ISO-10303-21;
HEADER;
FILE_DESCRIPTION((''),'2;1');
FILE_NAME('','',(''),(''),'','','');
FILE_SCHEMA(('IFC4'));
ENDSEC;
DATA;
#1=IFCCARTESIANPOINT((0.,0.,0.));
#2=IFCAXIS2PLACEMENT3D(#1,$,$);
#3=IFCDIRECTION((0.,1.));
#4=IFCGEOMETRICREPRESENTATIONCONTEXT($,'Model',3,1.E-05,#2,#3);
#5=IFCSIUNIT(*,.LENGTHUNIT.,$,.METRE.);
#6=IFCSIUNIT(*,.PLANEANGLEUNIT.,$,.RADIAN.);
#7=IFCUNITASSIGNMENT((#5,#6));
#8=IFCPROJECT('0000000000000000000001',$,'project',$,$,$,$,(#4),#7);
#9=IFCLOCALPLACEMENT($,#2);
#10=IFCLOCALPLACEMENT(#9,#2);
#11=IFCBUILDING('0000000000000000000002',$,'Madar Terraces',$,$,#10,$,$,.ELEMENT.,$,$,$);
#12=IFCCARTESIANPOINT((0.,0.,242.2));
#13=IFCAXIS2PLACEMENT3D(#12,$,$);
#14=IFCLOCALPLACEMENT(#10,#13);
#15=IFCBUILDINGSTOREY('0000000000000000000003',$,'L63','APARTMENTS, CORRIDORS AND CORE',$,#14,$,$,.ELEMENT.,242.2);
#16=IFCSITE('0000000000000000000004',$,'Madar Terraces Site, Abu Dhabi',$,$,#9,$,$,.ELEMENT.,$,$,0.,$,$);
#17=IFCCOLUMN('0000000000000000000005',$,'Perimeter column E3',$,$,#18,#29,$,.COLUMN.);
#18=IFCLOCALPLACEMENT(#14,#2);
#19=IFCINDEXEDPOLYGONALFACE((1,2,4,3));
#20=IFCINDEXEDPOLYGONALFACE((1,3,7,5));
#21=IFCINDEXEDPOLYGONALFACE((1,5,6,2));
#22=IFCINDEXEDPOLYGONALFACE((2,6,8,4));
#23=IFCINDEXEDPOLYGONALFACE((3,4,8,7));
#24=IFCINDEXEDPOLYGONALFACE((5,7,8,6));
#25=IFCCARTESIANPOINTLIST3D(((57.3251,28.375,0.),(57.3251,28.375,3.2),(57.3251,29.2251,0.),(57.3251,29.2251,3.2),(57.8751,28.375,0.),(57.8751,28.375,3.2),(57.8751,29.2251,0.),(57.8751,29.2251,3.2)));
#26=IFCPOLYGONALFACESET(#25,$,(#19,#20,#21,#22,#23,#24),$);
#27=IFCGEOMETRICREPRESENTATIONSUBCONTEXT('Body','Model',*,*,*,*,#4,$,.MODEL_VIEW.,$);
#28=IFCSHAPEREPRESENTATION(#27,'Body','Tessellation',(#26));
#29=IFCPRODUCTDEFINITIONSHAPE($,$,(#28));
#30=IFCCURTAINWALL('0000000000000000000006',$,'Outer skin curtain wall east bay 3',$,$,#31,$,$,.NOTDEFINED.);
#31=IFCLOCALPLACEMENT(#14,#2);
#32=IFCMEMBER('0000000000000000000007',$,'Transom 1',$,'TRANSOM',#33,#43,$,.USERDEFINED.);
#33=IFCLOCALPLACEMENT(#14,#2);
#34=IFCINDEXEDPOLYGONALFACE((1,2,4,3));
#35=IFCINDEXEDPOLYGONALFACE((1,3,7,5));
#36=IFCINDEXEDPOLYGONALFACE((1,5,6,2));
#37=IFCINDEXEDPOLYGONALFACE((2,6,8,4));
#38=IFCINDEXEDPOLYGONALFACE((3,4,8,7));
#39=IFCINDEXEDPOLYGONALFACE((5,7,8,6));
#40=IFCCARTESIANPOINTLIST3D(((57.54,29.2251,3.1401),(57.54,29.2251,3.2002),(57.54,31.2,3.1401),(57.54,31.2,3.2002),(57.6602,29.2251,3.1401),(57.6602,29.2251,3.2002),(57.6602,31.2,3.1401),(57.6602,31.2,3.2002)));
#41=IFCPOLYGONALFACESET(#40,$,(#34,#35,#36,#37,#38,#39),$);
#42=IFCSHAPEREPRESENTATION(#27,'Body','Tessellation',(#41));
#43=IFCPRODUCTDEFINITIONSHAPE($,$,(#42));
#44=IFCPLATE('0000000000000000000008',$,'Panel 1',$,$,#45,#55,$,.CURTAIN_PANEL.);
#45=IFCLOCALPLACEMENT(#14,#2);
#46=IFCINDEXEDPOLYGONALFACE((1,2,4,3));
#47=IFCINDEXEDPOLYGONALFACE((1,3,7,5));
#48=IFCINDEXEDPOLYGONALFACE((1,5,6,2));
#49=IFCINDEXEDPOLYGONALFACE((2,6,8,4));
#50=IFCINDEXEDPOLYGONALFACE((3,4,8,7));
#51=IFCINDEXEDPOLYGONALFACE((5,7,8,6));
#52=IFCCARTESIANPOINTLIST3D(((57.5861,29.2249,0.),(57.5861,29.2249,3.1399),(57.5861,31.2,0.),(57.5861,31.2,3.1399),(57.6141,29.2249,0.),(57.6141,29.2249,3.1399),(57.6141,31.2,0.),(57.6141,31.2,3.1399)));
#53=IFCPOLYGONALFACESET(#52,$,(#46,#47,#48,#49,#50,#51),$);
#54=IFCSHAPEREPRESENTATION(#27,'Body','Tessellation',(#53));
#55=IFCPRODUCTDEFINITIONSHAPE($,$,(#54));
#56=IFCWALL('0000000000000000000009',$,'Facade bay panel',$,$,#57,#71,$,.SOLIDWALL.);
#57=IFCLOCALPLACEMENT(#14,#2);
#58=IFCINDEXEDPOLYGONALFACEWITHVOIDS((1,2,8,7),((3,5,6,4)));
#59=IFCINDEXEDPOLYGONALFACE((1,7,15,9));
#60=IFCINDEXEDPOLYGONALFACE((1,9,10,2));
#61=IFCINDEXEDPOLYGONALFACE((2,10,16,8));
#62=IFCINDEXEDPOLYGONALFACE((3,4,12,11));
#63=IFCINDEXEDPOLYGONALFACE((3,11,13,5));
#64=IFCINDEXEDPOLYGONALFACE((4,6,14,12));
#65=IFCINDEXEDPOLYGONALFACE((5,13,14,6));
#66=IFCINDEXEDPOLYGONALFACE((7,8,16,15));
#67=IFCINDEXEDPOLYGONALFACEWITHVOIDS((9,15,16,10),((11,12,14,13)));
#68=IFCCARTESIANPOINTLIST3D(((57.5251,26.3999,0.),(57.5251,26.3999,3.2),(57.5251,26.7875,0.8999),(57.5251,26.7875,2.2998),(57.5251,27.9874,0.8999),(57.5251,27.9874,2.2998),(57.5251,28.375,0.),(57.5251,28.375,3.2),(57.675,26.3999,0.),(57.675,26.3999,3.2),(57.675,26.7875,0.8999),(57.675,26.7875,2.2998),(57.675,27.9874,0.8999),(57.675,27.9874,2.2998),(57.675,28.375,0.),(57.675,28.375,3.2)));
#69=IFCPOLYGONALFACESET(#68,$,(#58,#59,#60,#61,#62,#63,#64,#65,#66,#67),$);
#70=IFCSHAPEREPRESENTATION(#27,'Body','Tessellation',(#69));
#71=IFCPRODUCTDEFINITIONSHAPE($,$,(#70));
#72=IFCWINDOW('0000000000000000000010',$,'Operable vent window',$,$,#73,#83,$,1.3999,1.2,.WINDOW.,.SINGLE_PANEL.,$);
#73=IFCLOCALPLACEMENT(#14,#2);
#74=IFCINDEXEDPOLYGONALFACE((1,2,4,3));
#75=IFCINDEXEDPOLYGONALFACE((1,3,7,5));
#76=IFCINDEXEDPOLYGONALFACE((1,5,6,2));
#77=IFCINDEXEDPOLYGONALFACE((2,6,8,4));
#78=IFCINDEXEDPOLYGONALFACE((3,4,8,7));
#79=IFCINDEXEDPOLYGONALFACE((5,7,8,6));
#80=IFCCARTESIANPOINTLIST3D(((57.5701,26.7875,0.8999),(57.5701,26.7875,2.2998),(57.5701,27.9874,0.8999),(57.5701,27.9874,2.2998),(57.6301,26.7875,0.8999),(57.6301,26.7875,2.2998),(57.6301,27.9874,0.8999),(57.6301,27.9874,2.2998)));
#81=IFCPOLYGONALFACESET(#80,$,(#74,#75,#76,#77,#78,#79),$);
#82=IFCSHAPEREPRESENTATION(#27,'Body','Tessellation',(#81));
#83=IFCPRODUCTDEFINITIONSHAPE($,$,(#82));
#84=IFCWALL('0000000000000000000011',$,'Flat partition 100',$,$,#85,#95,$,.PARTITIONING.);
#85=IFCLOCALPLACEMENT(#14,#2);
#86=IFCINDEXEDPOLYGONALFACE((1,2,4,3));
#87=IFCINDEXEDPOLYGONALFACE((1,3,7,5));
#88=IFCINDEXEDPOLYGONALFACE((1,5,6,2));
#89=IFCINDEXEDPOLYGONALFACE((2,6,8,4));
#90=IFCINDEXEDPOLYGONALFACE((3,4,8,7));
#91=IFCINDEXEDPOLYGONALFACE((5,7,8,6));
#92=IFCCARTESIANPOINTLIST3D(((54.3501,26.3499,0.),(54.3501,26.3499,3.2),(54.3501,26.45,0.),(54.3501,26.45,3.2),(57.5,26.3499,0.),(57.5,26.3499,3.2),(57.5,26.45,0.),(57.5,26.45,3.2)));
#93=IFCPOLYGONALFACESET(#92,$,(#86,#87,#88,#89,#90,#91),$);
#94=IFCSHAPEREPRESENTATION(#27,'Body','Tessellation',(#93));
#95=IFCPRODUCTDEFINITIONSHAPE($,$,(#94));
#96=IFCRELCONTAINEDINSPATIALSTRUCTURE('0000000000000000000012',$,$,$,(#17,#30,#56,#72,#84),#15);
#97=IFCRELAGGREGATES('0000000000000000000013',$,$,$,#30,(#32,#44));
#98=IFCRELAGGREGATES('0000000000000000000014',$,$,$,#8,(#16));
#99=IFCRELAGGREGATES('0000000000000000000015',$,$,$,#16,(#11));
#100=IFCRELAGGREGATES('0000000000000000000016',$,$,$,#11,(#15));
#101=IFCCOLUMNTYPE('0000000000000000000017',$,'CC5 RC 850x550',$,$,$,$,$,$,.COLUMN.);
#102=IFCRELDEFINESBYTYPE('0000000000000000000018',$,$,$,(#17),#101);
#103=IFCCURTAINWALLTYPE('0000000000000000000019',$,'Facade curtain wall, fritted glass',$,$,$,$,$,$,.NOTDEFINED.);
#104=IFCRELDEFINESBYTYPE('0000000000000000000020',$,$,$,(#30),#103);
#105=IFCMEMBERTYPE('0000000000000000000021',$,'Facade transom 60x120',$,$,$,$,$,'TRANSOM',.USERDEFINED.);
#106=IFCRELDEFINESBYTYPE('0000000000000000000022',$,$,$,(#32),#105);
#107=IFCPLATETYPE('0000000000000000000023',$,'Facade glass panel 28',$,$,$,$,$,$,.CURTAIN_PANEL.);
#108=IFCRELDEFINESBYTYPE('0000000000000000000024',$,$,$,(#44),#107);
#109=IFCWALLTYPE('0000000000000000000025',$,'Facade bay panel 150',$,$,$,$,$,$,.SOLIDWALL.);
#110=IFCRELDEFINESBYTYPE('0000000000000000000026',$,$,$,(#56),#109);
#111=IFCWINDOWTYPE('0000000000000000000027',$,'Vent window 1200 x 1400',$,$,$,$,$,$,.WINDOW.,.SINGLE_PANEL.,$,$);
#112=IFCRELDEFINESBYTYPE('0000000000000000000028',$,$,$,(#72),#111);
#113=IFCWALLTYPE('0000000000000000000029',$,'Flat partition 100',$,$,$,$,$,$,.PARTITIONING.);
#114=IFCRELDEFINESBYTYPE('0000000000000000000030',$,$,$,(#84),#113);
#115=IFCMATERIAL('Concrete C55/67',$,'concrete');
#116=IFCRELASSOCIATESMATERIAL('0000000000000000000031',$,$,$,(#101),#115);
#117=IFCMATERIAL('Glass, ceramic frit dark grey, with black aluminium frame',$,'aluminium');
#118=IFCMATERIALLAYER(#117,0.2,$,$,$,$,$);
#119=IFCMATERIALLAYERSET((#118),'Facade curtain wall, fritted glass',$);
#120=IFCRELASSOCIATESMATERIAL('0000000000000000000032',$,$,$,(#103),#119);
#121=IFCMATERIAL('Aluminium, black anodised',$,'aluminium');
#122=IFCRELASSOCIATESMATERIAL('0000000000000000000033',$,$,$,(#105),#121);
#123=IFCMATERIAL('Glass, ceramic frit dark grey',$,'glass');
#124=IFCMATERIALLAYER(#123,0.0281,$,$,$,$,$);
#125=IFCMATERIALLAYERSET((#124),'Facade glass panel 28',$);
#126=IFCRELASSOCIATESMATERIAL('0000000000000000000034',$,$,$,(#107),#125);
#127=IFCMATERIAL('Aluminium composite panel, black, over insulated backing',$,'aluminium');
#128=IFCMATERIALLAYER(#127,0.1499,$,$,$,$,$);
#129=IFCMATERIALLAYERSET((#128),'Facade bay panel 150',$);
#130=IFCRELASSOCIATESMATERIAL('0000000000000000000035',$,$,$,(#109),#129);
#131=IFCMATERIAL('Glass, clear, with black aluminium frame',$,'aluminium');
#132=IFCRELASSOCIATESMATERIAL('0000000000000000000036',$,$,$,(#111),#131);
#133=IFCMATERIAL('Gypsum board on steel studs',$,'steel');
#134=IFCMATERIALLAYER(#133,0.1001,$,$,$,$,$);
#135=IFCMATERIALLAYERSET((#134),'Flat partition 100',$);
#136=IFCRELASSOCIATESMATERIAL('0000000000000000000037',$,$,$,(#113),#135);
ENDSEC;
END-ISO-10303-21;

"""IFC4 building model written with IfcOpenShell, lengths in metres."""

from ifc_helpers import new_model, si_unit, direction, frame, frame_2d, origin, origin_2d, place, context, subcontext, project, spatial, rectangle, extrude, material, layer, layer_set, material_profile, profile_set, type_object, element, fill, aggregate, save


model = new_model("IFC4")

# Units and contexts
model_context = context("Model", 3, precision=1e-05, world=origin(), true_north=direction((0.0, 1.0)))
body_context = subcontext(model_context, "Body", "Model", "MODEL_VIEW")
ifc_project = project(units=[si_unit("LENGTHUNIT", "METRE"), si_unit("PLANEANGLEUNIT", "RADIAN")], contexts=[model_context])

# Site, building, storey
site_placement = place(None, origin())
site = spatial("IfcSite", under=ifc_project, at=site_placement, Name="Madar Terraces Site, Abu Dhabi", CompositionType="ELEMENT", RefElevation=0.0)
building_placement = place(site_placement, origin())
building = spatial("IfcBuilding", under=site, at=building_placement, Name="Madar Terraces", CompositionType="ELEMENT")
storey_placement = place(building_placement, frame((0.0, 0.0, 242.2)))
storey = spatial("IfcBuildingStorey", under=building, at=storey_placement, Name="L63", Description="APARTMENTS, CORRIDORS AND CORE", CompositionType="ELEMENT", Elevation=242.2)

# Column
ifc_material_1 = material(Name="Concrete C55/67", Category="concrete")
ifc_material_profile_1 = material_profile(ifc_material_1, rectangle(XDim=0.8501, YDim=0.55, at=origin_2d()), Name="CC5 RC 850x550")
ifc_profile_set_1 = profile_set([ifc_material_profile_1], Name="Concrete C55/67")
column_type = type_object("IfcColumnType", Name="CC5 RC 850x550", PredefinedType="COLUMN", material=ifc_profile_set_1)
column_placement = place(storey_placement, frame((57.6001, 28.8, 0.0), z_axis=(0.0, 0.0, 1.0), x_axis=(0.0, 1.0, 0.0)))
element("IfcColumn", 1, at=column_placement, inside=storey, type_object=column_type, Name="Perimeter column E3", PredefinedType="COLUMN", context=body_context, shape_type="SweptSolid", body=[
    extrude(rectangle(XDim=0.8501, YDim=0.55, at=origin_2d()), origin(), (0.0, 0.0, 1.0), 3.2),
])

# Curtain wall, member, plate
ifc_material_2 = material(Name="Glass, ceramic frit dark grey, with black aluminium frame", Category="aluminium")
ifc_layer_1 = layer(ifc_material_2, 0.2)
ifc_layer_set_1 = layer_set([ifc_layer_1], Name="Facade curtain wall, fritted glass")
curtain_wall_type = type_object("IfcCurtainWallType", Name="Facade curtain wall, fritted glass", PredefinedType="NOTDEFINED", material=ifc_layer_set_1)
curtain_wall_placement = place(storey_placement, origin())
curtain_wall = element("IfcCurtainWall", 2, at=curtain_wall_placement, inside=storey, type_object=curtain_wall_type, Name="Outer skin curtain wall east bay 3", PredefinedType="NOTDEFINED")
ifc_material_3 = material(Name="Aluminium, black anodised", Category="aluminium")
ifc_material_profile_2 = material_profile(ifc_material_3, rectangle(XDim=0.1201, YDim=0.0601, at=origin_2d()), Name="Facade transom 60x120")
ifc_profile_set_2 = profile_set([ifc_material_profile_2], Name="Aluminium, black anodised")
member_type = type_object("IfcMemberType", Name="Facade transom 60x120", ElementType="TRANSOM", PredefinedType="USERDEFINED", material=ifc_profile_set_2)
member_placement = place(storey_placement, frame((57.6001, 29.2251, 3.1702), z_axis=(0.0, 1.0, 0.0), x_axis=(-1.0, 0.0, 0.0)))
member = element("IfcMember", 3, at=member_placement, type_object=member_type, Name="Transom 1", ObjectType="TRANSOM", PredefinedType="USERDEFINED", context=body_context, shape_type="SweptSolid", body=[
    extrude(rectangle(XDim=0.1201, YDim=0.0601, at=origin_2d()), origin(), (0.0, 0.0, 1.0), 1.9749),
])
ifc_material_4 = material(Name="Glass, ceramic frit dark grey", Category="glass")
ifc_layer_2 = layer(ifc_material_4, 0.0281)
ifc_layer_set_2 = layer_set([ifc_layer_2], Name="Facade glass panel 28")
plate_type = type_object("IfcPlateType", Name="Facade glass panel 28", PredefinedType="CURTAIN_PANEL", material=ifc_layer_set_2)
plate_placement = place(storey_placement, frame((57.6001, 30.2124, 0.0), z_axis=(0.0, 0.0, 1.0), x_axis=(0.0, 1.0, 0.0)))
plate = element("IfcPlate", 4, at=plate_placement, type_object=plate_type, Name="Panel 1", PredefinedType="CURTAIN_PANEL", context=body_context, shape_type="SweptSolid", body=[
    extrude(rectangle(XDim=1.9751, YDim=0.0281, at=origin_2d()), origin(), (0.0, 0.0, 1.0), 3.1399),
])
aggregate(curtain_wall, [member, plate])

# Wall, opening, window
ifc_material_5 = material(Name="Aluminium composite panel, black, over insulated backing", Category="aluminium")
ifc_layer_3 = layer(ifc_material_5, 0.1499)
ifc_layer_set_3 = layer_set([ifc_layer_3], Name="Facade bay panel 150")
wall_type_1 = type_object("IfcWallType", Name="Facade bay panel 150", PredefinedType="SOLIDWALL", material=ifc_layer_set_3)
wall_1_placement = place(storey_placement, frame((57.6001, 26.3999, 0.0), z_axis=(0.0, 0.0, 1.0), x_axis=(0.0, 1.0, 0.0)))
wall_1 = element("IfcWall", 5, at=wall_1_placement, inside=storey, type_object=wall_type_1, Name="Facade bay panel", PredefinedType="SOLIDWALL", context=body_context, shape_type="SweptSolid", body=[
    extrude(rectangle(XDim=1.9751, YDim=0.1499, at=frame_2d((0.9875, 0.0))), origin(), (0.0, 0.0, 1.0), 3.2),
])
opening_1_placement = place(wall_1_placement, frame((0.3875, 0.0, 0.8999)))
opening_1 = element("IfcOpeningElement", 6, at=opening_1_placement, cuts=wall_1, PredefinedType="OPENING", context=body_context, shape_type="SweptSolid", body=[
    extrude(rectangle(XDim=1.2, YDim=1.3999, at=frame_2d((0.6001, 0.7))), frame((0.0, 0.085, 0.0), z_axis=(0.0, -1.0, 0.0), x_axis=(1.0, 0.0, 0.0)), (0.0, 0.0, 1.0), 0.1699),
])
ifc_material_6 = material(Name="Glass, clear, with black aluminium frame", Category="aluminium")
window_type = type_object("IfcWindowType", Name="Vent window 1200 x 1400", PartitioningType="SINGLE_PANEL", PredefinedType="WINDOW", material=ifc_material_6)
window_placement = place(opening_1_placement, origin())
window = element("IfcWindow", 7, at=window_placement, inside=storey, type_object=window_type, Name="Operable vent window", OverallHeight=1.3999, OverallWidth=1.2, PartitioningType="SINGLE_PANEL", PredefinedType="WINDOW", context=body_context, shape_type="SweptSolid", body=[
    extrude(rectangle(XDim=1.2, YDim=1.3999, at=frame_2d((0.6001, 0.7))), frame((0.0, 0.03, 0.0), z_axis=(0.0, -1.0, 0.0), x_axis=(1.0, 0.0, 0.0)), (0.0, 0.0, 1.0), 0.0601),
])
fill(opening_1, window)

# Wall
ifc_material_7 = material(Name="Gypsum board on steel studs", Category="steel")
ifc_layer_4 = layer(ifc_material_7, 0.1001)
ifc_layer_set_4 = layer_set([ifc_layer_4], Name="Flat partition 100")
wall_type_2 = type_object("IfcWallType", Name="Flat partition 100", PredefinedType="PARTITIONING", material=ifc_layer_set_4)
wall_2_placement = place(storey_placement, frame((54.3501, 26.3999, 0.0), z_axis=(0.0, 0.0, 1.0), x_axis=(1.0, 0.0, 0.0)))
element("IfcWall", 8, at=wall_2_placement, inside=storey, type_object=wall_type_2, Name="Flat partition 100", PredefinedType="PARTITIONING", context=body_context, shape_type="SweptSolid", body=[
    extrude(rectangle(XDim=3.1499, YDim=0.1001, at=frame_2d((1.575, 0.0))), origin(), (0.0, 0.0, 1.0), 3.2),
])

save(model, "model.ifc")
